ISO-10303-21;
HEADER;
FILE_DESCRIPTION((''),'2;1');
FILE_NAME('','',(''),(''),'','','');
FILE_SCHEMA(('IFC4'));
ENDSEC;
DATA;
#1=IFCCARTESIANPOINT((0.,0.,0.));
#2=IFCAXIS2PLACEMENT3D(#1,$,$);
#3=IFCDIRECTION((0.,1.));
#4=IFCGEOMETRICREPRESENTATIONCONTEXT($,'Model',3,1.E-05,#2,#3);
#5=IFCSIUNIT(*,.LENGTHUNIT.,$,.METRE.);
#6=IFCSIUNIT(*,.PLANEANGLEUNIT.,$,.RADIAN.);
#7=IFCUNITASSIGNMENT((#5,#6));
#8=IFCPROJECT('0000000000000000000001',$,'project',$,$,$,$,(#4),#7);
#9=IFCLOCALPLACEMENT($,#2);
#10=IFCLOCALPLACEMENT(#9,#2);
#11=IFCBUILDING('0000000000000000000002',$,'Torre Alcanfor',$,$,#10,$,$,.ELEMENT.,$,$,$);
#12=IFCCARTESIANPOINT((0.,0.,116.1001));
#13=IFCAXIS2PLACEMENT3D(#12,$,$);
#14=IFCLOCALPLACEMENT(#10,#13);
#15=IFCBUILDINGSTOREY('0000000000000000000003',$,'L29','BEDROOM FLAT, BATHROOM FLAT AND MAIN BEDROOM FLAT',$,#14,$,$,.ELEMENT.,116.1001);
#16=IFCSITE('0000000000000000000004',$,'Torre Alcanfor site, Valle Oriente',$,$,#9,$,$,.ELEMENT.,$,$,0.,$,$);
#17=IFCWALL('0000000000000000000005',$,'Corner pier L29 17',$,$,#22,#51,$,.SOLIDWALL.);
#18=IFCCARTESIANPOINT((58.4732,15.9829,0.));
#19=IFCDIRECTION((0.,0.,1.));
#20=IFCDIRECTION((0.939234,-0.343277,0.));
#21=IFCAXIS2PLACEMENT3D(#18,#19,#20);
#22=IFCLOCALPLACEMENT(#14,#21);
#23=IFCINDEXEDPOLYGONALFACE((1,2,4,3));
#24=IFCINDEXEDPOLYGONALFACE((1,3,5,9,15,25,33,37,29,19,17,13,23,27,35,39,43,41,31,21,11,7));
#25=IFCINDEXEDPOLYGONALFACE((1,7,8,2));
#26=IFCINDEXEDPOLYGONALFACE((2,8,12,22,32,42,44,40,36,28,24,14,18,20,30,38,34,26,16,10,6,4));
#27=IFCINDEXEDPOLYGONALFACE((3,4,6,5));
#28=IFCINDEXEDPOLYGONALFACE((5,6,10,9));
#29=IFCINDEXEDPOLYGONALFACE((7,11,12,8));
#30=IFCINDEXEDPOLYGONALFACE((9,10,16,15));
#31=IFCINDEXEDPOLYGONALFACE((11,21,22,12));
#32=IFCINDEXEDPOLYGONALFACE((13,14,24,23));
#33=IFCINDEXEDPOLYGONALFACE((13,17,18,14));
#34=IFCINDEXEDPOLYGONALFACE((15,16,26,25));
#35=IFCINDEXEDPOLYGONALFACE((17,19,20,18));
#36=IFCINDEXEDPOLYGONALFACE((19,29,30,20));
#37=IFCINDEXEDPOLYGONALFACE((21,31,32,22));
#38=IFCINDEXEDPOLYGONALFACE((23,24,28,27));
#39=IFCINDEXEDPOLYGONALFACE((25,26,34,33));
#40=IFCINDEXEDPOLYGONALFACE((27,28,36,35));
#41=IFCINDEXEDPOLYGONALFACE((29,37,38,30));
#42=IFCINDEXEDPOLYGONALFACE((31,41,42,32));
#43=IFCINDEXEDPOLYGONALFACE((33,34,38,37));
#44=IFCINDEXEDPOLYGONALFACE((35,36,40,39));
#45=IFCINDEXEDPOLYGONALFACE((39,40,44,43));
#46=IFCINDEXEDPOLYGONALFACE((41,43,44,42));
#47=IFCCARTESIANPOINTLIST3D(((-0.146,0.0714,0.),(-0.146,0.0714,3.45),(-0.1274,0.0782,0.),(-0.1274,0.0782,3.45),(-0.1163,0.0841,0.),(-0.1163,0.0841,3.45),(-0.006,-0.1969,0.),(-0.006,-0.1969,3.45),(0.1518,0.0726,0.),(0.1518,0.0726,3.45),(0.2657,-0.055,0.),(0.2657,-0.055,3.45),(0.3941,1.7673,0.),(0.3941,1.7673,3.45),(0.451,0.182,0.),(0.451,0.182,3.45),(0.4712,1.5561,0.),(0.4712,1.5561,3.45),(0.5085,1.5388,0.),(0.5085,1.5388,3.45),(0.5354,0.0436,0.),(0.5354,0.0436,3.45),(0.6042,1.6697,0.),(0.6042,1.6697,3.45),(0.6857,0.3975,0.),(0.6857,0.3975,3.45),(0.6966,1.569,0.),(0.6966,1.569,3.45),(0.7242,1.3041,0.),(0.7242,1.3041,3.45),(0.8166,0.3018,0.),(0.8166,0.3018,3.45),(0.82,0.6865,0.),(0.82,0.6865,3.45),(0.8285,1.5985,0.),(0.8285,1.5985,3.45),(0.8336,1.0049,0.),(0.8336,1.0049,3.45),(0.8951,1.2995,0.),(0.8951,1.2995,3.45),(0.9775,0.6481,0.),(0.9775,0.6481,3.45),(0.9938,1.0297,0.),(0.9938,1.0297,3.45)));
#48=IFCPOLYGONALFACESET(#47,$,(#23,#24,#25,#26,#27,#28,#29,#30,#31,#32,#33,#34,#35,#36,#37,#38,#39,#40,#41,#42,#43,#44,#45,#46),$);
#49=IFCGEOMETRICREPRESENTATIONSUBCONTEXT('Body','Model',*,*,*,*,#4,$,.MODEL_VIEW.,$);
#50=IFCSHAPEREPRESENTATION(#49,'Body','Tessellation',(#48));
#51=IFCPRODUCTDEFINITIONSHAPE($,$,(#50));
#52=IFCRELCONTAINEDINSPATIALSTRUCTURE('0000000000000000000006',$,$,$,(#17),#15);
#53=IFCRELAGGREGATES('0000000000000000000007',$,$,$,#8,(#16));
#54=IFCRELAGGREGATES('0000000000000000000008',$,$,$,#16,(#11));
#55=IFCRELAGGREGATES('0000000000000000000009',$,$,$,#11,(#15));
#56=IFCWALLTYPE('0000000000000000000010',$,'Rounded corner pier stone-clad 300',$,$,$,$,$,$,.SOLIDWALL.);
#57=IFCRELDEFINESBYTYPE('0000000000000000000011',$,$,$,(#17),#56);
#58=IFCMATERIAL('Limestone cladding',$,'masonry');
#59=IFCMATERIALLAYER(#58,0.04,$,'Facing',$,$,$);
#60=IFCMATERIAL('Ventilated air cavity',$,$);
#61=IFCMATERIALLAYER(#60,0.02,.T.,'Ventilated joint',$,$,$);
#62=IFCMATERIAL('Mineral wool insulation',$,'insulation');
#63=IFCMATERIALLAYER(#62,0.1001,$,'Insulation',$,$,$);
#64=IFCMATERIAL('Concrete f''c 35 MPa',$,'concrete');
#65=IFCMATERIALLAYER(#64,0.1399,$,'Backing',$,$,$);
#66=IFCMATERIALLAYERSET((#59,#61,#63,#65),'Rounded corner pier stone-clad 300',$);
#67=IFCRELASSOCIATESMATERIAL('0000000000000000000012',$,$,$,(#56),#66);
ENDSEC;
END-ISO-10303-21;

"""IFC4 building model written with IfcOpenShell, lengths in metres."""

from ifc_helpers import new_model, si_unit, direction, frame, origin, place, context, subcontext, project, spatial, polyline, outline, extrude, material, layer, layer_set, type_object, element, save


model = new_model("IFC4")

# Units and contexts
model_context = context("Model", 3, precision=1e-05, world=origin(), true_north=direction((0.0, 1.0)))
body_context = subcontext(model_context, "Body", "Model", "MODEL_VIEW")
ifc_project = project(units=[si_unit("LENGTHUNIT", "METRE"), si_unit("PLANEANGLEUNIT", "RADIAN")], contexts=[model_context])

# Site, building, storey
site_placement = place(None, origin())
site = spatial("IfcSite", under=ifc_project, at=site_placement, Name="Torre Alcanfor site, Valle Oriente", CompositionType="ELEMENT", RefElevation=0.0)
building_placement = place(site_placement, origin())
building = spatial("IfcBuilding", under=site, at=building_placement, Name="Torre Alcanfor", CompositionType="ELEMENT")
storey_placement = place(building_placement, frame((0.0, 0.0, 116.1001)))
storey = spatial("IfcBuildingStorey", under=building, at=storey_placement, Name="L29", Description="BEDROOM FLAT, BATHROOM FLAT AND MAIN BEDROOM FLAT", CompositionType="ELEMENT", Elevation=116.1001)

# Wall
ifc_material_1 = material(Name="Limestone cladding", Category="masonry")
ifc_layer_1 = layer(ifc_material_1, 0.04, Name="Facing")
ifc_material_2 = material(Name="Ventilated air cavity")
ifc_layer_2 = layer(ifc_material_2, 0.02, ventilated=True, Name="Ventilated joint")
ifc_material_3 = material(Name="Mineral wool insulation", Category="insulation")
ifc_layer_3 = layer(ifc_material_3, 0.1001, Name="Insulation")
ifc_material_4 = material(Name="Concrete f'c 35 MPa", Category="concrete")
ifc_layer_4 = layer(ifc_material_4, 0.1399, Name="Backing")
ifc_layer_set_1 = layer_set([ifc_layer_1, ifc_layer_2, ifc_layer_3, ifc_layer_4], Name="Rounded corner pier stone-clad 300")
wall_type_1 = type_object("IfcWallType", Name="Rounded corner pier stone-clad 300", PredefinedType="SOLIDWALL", material=ifc_layer_set_1)
wall_1_placement = place(storey_placement, frame((58.4732, 15.9829, 0.0), z_axis=(0.0, 0.0, 1.0), x_axis=(0.939234, -0.343277, 0.0)))
element("IfcWall", 1, at=wall_1_placement, inside=storey, type_object=wall_type_1, Name="Corner pier L29 17", PredefinedType="SOLIDWALL", context=body_context, shape_type="SweptSolid", body=[
    extrude(outline(polyline([(0.8285, 1.5985), (0.6966, 1.569), (0.6042, 1.6697), (0.3941, 1.7673), (0.4712, 1.5561), (0.5085, 1.5388), (0.7242, 1.3041), (0.8336, 1.0049), (0.82, 0.6865), (0.6857, 0.3975), (0.451, 0.182), (0.1518, 0.0726), (-0.1163, 0.0841), (-0.1274, 0.0782), (-0.146, 0.0714), (-0.006, -0.1969), (0.2657, -0.055), (0.5354, 0.0436), (0.8166, 0.3018), (0.9775, 0.6481), (0.9938, 1.0297), (0.8951, 1.2995), (0.8285, 1.5985)])), origin(), (0.0, 0.0, 1.0), 3.45),
])

save(model, "model.ifc")
